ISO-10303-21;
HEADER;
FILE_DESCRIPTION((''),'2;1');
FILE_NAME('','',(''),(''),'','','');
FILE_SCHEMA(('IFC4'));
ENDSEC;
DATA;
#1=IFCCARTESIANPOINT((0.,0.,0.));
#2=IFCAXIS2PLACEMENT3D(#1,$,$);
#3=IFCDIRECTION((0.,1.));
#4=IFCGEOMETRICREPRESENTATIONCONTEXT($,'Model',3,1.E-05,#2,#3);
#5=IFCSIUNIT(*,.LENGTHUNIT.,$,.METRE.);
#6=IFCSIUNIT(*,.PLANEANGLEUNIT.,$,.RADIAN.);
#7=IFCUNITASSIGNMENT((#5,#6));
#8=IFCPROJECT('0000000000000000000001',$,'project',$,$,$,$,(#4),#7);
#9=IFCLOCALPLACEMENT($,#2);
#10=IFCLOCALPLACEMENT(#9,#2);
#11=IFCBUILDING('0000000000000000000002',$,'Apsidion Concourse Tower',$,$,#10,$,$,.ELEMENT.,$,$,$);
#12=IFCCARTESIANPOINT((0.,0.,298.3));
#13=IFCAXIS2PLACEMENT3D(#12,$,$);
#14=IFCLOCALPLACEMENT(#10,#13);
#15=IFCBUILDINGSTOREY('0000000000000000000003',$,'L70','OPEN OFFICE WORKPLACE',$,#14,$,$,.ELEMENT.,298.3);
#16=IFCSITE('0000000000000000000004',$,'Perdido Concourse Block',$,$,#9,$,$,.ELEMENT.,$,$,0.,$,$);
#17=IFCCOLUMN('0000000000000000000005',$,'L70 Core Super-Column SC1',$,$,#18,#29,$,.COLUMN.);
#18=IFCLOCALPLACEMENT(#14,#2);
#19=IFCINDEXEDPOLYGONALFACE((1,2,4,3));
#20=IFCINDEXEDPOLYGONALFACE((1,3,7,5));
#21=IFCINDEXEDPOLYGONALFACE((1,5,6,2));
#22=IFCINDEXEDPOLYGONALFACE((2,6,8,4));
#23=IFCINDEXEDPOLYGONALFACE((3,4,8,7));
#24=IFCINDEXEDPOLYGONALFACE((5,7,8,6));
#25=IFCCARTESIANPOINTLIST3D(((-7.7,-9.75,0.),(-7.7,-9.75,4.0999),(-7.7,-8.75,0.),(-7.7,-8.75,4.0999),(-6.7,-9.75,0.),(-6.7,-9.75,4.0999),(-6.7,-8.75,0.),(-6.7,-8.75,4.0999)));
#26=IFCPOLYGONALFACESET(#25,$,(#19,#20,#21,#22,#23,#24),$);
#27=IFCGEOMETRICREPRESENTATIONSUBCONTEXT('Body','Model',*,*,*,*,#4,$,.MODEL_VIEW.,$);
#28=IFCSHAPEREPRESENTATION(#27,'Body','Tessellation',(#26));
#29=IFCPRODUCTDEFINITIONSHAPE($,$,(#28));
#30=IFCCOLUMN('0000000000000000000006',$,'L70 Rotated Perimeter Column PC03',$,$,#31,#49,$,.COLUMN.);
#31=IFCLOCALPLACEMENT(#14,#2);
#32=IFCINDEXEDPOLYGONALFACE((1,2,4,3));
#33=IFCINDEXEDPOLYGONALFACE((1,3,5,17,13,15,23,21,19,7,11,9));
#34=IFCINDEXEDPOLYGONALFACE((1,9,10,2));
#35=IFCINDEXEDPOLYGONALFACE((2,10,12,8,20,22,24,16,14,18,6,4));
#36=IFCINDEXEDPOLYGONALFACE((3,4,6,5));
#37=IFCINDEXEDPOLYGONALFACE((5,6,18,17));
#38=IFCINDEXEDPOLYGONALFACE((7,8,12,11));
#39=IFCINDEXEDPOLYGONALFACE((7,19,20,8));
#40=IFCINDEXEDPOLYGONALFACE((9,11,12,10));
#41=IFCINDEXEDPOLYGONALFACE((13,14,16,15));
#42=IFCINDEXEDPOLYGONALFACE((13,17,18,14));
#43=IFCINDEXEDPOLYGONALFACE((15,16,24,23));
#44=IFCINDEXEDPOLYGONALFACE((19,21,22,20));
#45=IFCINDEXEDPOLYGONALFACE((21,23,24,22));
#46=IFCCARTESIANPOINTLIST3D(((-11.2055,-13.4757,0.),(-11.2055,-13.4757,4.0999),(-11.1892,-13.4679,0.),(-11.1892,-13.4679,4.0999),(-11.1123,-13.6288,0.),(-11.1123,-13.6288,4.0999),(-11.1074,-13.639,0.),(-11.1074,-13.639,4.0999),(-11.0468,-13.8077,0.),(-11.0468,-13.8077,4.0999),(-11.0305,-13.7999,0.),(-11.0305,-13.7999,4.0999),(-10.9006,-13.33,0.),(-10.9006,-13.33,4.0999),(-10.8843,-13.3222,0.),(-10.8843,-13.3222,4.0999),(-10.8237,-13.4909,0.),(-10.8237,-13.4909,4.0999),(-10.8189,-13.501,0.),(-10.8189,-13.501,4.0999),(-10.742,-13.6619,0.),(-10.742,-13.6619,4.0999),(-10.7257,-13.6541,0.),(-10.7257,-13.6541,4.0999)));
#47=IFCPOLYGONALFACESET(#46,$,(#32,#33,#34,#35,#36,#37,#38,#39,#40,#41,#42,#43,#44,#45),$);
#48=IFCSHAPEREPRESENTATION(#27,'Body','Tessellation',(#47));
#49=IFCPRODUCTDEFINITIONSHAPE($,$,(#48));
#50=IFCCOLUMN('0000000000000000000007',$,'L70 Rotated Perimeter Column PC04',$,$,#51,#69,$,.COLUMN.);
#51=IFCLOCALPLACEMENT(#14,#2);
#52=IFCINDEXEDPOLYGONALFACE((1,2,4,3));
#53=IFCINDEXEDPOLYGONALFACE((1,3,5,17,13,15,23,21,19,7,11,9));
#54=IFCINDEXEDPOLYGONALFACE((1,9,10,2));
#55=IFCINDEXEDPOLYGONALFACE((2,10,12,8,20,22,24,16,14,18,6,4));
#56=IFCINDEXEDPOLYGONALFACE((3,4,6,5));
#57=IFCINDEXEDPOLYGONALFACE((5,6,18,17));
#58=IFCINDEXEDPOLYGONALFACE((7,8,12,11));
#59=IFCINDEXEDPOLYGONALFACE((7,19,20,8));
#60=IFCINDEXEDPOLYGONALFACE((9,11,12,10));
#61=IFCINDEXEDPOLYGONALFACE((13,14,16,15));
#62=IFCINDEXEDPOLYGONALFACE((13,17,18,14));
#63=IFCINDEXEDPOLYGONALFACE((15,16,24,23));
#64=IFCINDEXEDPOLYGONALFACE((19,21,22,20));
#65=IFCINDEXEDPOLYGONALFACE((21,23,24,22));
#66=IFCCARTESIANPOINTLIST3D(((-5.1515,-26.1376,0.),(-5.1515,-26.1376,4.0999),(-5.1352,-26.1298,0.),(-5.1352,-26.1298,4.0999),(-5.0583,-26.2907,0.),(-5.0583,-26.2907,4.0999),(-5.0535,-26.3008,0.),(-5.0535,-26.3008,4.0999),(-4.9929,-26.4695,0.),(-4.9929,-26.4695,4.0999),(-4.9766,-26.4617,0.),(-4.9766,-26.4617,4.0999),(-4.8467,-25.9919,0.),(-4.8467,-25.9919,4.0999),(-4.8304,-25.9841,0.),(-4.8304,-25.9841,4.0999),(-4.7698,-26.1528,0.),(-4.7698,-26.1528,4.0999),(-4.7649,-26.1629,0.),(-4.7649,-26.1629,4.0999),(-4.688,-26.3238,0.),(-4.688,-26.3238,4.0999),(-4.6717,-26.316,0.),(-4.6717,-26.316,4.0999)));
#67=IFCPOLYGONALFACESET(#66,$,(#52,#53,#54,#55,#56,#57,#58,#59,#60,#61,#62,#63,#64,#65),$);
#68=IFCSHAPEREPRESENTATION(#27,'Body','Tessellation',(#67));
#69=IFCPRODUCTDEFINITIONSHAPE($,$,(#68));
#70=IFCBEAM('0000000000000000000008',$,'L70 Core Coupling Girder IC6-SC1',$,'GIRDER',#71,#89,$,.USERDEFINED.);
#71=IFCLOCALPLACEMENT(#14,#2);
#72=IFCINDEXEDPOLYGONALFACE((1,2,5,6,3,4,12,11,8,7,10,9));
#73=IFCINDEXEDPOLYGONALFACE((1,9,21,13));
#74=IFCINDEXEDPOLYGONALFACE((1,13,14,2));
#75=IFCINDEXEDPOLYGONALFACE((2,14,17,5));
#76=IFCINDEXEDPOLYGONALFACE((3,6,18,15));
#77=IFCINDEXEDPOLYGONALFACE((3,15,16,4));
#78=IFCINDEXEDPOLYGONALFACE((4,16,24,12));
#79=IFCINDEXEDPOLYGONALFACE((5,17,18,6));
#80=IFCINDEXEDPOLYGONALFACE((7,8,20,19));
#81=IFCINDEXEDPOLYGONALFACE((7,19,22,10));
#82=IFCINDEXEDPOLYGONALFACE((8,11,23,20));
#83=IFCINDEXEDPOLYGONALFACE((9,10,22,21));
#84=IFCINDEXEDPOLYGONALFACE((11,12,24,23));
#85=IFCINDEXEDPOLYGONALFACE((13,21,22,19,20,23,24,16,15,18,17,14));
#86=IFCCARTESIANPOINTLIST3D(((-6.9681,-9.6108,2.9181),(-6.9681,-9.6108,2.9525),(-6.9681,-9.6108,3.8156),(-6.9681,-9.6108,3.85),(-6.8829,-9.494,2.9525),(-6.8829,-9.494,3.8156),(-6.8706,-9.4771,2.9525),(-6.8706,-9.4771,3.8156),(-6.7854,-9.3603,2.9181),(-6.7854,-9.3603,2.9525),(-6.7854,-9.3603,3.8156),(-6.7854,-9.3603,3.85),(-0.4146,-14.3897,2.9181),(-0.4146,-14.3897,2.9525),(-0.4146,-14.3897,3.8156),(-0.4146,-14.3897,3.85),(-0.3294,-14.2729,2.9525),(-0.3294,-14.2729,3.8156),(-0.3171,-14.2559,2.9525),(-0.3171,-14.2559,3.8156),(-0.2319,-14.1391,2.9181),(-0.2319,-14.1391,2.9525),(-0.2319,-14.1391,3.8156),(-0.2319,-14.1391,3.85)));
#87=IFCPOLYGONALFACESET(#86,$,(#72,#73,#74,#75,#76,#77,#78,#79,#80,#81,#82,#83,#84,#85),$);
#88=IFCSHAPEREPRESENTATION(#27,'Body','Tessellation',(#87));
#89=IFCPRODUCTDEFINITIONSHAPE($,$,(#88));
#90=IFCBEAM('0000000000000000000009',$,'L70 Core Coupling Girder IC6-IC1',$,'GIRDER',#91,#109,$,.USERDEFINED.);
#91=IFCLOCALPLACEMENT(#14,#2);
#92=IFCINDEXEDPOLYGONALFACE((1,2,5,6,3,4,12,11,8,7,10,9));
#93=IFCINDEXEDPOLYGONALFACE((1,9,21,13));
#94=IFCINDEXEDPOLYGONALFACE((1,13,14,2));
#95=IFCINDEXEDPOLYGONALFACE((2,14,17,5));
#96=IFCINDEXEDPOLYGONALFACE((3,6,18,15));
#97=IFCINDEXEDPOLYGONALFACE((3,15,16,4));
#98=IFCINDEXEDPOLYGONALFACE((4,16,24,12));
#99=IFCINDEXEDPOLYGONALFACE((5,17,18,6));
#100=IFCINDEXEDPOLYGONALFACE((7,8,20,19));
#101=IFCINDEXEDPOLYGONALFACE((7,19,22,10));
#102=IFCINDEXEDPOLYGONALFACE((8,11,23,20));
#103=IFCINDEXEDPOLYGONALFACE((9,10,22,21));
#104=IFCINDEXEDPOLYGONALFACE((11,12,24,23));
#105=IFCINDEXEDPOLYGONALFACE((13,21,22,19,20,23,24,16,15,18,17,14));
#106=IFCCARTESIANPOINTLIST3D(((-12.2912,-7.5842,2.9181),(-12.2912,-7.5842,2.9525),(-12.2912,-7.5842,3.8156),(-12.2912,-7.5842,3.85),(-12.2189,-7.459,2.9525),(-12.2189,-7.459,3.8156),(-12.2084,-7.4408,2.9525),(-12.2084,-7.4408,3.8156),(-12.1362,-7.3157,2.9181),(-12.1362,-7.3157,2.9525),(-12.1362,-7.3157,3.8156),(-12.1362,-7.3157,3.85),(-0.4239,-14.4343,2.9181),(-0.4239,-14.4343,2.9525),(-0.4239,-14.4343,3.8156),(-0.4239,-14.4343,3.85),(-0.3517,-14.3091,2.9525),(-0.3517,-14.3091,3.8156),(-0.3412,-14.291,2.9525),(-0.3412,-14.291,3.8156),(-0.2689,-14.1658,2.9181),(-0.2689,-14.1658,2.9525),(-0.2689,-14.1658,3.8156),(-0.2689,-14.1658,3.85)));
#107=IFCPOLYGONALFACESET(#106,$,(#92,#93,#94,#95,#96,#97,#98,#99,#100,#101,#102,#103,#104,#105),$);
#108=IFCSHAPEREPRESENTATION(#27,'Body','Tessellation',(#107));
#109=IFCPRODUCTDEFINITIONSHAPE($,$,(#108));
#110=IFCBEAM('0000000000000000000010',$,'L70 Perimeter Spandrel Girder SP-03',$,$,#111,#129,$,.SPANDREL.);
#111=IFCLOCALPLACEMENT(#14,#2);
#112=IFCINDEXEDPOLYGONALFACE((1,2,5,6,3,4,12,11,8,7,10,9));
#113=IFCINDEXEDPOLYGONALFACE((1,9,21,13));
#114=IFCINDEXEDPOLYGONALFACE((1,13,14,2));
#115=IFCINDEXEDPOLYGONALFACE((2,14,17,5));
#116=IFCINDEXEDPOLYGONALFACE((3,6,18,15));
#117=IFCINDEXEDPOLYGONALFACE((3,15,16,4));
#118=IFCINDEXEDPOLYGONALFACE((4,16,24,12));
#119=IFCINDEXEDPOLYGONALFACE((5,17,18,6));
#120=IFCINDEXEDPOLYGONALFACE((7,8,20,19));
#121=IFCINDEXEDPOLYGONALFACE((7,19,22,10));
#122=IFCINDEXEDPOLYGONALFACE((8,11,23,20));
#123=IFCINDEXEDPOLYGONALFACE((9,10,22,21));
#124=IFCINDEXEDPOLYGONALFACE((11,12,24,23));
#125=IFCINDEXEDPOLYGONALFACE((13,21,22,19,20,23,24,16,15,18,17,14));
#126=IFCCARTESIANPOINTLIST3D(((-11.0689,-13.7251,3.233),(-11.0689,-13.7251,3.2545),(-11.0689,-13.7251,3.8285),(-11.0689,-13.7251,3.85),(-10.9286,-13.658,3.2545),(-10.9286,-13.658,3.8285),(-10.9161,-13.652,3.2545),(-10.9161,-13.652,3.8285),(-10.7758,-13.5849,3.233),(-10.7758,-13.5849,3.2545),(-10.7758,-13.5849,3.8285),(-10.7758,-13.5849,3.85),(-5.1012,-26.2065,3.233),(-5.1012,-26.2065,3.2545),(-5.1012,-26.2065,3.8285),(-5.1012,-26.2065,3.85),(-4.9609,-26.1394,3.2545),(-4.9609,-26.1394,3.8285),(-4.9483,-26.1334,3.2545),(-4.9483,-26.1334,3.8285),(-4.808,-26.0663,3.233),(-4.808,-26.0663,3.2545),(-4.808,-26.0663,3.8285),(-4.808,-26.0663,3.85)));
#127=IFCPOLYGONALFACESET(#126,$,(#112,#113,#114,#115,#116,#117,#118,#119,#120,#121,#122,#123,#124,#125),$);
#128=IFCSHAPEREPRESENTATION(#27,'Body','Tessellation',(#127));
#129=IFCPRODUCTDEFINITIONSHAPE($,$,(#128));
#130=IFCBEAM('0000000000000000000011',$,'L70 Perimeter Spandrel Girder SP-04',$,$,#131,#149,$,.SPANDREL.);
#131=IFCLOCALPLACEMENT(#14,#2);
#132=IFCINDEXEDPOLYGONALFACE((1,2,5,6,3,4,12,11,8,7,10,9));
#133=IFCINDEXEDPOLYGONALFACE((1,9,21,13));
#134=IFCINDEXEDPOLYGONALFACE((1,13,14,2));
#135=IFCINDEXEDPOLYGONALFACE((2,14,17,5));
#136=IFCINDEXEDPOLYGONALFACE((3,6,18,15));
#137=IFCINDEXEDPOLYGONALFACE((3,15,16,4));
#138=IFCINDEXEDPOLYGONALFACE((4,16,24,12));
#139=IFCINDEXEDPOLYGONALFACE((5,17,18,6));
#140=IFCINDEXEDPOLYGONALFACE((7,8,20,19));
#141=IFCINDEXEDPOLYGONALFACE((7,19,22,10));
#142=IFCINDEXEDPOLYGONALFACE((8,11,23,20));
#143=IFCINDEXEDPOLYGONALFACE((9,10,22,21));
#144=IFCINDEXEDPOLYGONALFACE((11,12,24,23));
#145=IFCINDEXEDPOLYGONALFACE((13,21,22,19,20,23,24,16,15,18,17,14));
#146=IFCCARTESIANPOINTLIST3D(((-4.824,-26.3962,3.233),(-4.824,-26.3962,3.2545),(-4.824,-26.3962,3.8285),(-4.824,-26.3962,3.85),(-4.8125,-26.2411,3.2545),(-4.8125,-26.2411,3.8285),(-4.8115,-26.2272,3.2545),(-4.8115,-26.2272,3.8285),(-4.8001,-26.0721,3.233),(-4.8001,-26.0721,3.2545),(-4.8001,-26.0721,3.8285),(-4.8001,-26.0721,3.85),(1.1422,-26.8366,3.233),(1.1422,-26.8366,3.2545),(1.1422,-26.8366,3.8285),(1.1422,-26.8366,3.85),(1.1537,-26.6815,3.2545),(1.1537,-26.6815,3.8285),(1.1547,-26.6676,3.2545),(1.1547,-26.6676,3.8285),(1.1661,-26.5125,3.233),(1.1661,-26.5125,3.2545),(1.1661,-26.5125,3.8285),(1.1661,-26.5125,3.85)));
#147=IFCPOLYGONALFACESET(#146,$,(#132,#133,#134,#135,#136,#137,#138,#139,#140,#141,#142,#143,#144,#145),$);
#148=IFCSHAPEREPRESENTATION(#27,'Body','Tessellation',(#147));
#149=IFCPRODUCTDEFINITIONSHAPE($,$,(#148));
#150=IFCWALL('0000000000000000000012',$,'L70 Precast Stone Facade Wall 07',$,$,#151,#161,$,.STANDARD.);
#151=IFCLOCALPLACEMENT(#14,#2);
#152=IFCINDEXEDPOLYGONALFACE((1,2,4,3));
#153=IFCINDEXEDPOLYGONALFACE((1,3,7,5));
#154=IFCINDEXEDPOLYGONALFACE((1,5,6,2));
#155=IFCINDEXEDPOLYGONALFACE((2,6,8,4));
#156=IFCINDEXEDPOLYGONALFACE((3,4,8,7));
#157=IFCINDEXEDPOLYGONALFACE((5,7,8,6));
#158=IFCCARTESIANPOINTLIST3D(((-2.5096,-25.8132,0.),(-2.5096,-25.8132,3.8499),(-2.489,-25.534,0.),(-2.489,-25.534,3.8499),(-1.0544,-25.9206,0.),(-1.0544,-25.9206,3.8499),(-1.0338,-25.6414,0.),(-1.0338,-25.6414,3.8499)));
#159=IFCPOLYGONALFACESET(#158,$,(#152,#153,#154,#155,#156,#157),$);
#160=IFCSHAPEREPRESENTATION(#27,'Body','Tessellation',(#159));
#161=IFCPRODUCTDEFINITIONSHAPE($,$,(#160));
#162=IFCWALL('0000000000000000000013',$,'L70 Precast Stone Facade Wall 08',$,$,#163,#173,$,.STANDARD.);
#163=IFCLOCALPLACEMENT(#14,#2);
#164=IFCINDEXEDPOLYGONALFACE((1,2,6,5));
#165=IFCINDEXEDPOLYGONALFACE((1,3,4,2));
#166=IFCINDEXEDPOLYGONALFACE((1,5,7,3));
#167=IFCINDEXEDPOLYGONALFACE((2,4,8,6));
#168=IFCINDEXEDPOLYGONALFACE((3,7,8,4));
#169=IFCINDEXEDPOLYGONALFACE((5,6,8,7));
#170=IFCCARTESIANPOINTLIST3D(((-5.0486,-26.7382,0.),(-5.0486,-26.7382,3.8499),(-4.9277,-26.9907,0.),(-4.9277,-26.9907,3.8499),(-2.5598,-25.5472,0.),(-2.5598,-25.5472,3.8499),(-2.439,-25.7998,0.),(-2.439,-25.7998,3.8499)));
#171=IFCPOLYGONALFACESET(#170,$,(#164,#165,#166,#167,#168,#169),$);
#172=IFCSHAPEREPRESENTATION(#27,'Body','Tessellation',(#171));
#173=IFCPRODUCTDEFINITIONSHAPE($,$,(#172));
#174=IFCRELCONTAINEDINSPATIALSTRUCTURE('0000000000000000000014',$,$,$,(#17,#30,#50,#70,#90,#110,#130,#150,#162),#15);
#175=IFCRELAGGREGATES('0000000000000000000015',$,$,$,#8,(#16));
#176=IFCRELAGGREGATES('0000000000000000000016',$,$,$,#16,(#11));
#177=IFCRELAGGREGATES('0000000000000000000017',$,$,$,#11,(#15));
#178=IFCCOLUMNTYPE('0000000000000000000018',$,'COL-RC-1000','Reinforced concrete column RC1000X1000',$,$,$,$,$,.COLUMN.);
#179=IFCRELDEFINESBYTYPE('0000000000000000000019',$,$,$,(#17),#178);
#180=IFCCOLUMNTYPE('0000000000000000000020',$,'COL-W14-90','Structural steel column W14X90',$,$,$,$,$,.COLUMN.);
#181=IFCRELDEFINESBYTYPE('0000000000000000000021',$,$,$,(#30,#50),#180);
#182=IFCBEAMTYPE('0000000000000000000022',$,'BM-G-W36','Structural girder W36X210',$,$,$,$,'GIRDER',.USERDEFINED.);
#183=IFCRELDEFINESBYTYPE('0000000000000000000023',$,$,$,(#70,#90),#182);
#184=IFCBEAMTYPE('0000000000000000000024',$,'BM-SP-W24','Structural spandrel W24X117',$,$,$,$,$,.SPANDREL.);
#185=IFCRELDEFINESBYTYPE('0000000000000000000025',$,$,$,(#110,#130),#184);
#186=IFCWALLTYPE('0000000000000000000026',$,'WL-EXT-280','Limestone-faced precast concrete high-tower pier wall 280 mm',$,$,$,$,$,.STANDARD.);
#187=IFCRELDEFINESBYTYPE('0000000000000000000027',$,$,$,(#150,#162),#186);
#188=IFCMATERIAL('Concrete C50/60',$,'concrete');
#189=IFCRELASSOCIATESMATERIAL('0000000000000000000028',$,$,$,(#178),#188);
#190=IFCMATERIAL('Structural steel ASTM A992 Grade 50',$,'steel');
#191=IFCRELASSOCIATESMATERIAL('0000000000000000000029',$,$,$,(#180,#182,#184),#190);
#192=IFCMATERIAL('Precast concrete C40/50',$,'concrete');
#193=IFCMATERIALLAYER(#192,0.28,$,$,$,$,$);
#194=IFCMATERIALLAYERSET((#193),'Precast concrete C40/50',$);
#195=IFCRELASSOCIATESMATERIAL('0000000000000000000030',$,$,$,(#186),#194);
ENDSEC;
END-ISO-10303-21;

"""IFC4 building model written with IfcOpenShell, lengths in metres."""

from ifc_helpers import new_model, si_unit, direction, frame, frame_2d, origin, origin_2d, place, context, subcontext, project, spatial, rectangle, i_section, extrude, material, layer, layer_set, material_profile, profile_set, type_object, element, save


model = new_model("IFC4")

# Units and contexts
model_context = context("Model", 3, precision=1e-05, world=origin(), true_north=direction((0.0, 1.0)))
body_context = subcontext(model_context, "Body", "Model", "MODEL_VIEW")
ifc_project = project(units=[si_unit("LENGTHUNIT", "METRE"), si_unit("PLANEANGLEUNIT", "RADIAN")], contexts=[model_context])

# Site, building, storey
site_placement = place(None, origin())
site = spatial("IfcSite", under=ifc_project, at=site_placement, Name="Perdido Concourse Block", CompositionType="ELEMENT", RefElevation=0.0)
building_placement = place(site_placement, origin())
building = spatial("IfcBuilding", under=site, at=building_placement, Name="Apsidion Concourse Tower", CompositionType="ELEMENT")
storey_placement = place(building_placement, frame((0.0, 0.0, 298.3)))
storey = spatial("IfcBuildingStorey", under=building, at=storey_placement, Name="L70", Description="OPEN OFFICE WORKPLACE", CompositionType="ELEMENT", Elevation=298.3)

# Columns
ifc_material_1 = material(Name="Concrete C50/60", Category="concrete")
ifc_material_profile_1 = material_profile(ifc_material_1, rectangle(XDim=1.0, YDim=1.0, at=origin_2d()), Name="RC 1000x1000")
ifc_profile_set_1 = profile_set([ifc_material_profile_1], Name="Concrete C50/60")
column_type_1 = type_object("IfcColumnType", Name="COL-RC-1000", Description="Reinforced concrete column RC1000X1000", PredefinedType="COLUMN", material=ifc_profile_set_1)
column_placement = place(storey_placement, frame((-7.2, -9.25, 0.0), z_axis=(0.0, 0.0, 1.0), x_axis=(1.0, 0.0, 0.0)))
element("IfcColumn", 1, at=column_placement, inside=storey, type_object=column_type_1, Name="L70 Core Super-Column SC1", PredefinedType="COLUMN", context=body_context, shape_type="SweptSolid", body=[
    extrude(rectangle(XDim=1.0, YDim=1.0, at=origin_2d()), origin(), (0.0, 0.0, 1.0), 4.0999),
])
ifc_material_2 = material(Name="Structural steel ASTM A992 Grade 50", Category="steel")
ifc_material_profile_2 = material_profile(ifc_material_2, i_section(OverallWidth=0.3679, OverallDepth=0.356, WebThickness=0.0112, FlangeThickness=0.0181, at=origin_2d()), Name="W14X90")
ifc_profile_set_2 = profile_set([ifc_material_profile_2], Name="Structural steel ASTM A992 Grade 50")
column_type_2 = type_object("IfcColumnType", Name="COL-W14-90", Description="Structural steel column W14X90", PredefinedType="COLUMN", material=ifc_profile_set_2)
for number, where, z_axis, x_axis, name in (
    (2, (-10.9656, -13.5649, 0.0), (0.0, 0.0, 1.0), (-0.431299, 0.902209, 0.0), "L70 Rotated Perimeter Column PC03"),
    (3, (-4.9116, -26.2268, 0.0), (0.0, 0.0, 1.0), (-0.431299, 0.902209, 0.0), "L70 Rotated Perimeter Column PC04"),
):
    element("IfcColumn", number, at=place(storey_placement, frame(where, z_axis=z_axis, x_axis=x_axis)), inside=storey, type_object=column_type_2, Name=name, PredefinedType="COLUMN", context=body_context, shape_type="SweptSolid", body=[
        extrude(i_section(OverallWidth=0.3679, OverallDepth=0.356, WebThickness=0.0112, FlangeThickness=0.0181, at=origin_2d()), origin(), (0.0, 0.0, 1.0), 4.0999),
    ])

# Beams
ifc_material_profile_3 = material_profile(ifc_material_2, i_section(OverallWidth=0.3101, OverallDepth=0.9319, WebThickness=0.021, FlangeThickness=0.0344, at=origin_2d()), Name="W36X210")
ifc_profile_set_3 = profile_set([ifc_material_profile_3], Name="Structural steel ASTM A992 Grade 50")
beam_type_1 = type_object("IfcBeamType", Name="BM-G-W36", Description="Structural girder W36X210", ElementType="GIRDER", PredefinedType="USERDEFINED", material=ifc_profile_set_3)
beam_1_placement = place(storey_placement, frame((-0.3232, -14.2644, 3.384), z_axis=(-0.807993, 0.589191, 0.0), x_axis=(-0.589191, -0.807993, 0.0)))
element("IfcBeam", 4, at=beam_1_placement, inside=storey, type_object=beam_type_1, Name="L70 Core Coupling Girder IC6-SC1", ObjectType="GIRDER", PredefinedType="USERDEFINED", context=body_context, shape_type="SweptSolid", body=[
    extrude(i_section(OverallWidth=0.3101, OverallDepth=0.9319, WebThickness=0.021, FlangeThickness=0.0344, at=origin_2d()), origin(), (0.0, 0.0, 1.0), 8.1108),
])
beam_2_placement = place(storey_placement, frame((-0.3464, -14.3, 3.384), z_axis=(-0.86607, 0.499922, 0.0), x_axis=(-0.499922, -0.86607, 0.0)))
element("IfcBeam", 5, at=beam_2_placement, inside=storey, type_object=beam_type_1, Name="L70 Core Coupling Girder IC6-IC1", ObjectType="GIRDER", PredefinedType="USERDEFINED", context=body_context, shape_type="SweptSolid", body=[
    extrude(i_section(OverallWidth=0.3101, OverallDepth=0.9319, WebThickness=0.021, FlangeThickness=0.0344, at=origin_2d()), origin(), (0.0, 0.0, 1.0), 13.7024),
])
ifc_material_profile_4 = material_profile(ifc_material_2, i_section(OverallWidth=0.325, OverallDepth=0.6169, WebThickness=0.0139, FlangeThickness=0.0215, at=origin_2d()), Name="W24X117")
ifc_profile_set_4 = profile_set([ifc_material_profile_4], Name="Structural steel ASTM A992 Grade 50")
beam_type_2 = type_object("IfcBeamType", Name="BM-SP-W24", Description="Structural spandrel W24X117", PredefinedType="SPANDREL", material=ifc_profile_set_4)
beam_3_placement = place(storey_placement, frame((-10.9224, -13.655, 3.5415), z_axis=(0.431361, -0.90218, 0.0), x_axis=(0.90218, 0.431361, 0.0)))
element("IfcBeam", 6, at=beam_3_placement, inside=storey, type_object=beam_type_2, Name="L70 Perimeter Spandrel Girder SP-03", PredefinedType="SPANDREL", context=body_context, shape_type="SweptSolid", body=[
    extrude(i_section(OverallWidth=0.325, OverallDepth=0.6169, WebThickness=0.0139, FlangeThickness=0.0215, at=origin_2d()), origin(), (0.0, 0.0, 1.0), 13.8347),
])
beam_4_placement = place(storey_placement, frame((-4.812, -26.2341, 3.5415), z_axis=(0.997286, -0.073619, 0.0), x_axis=(0.073619, 0.997286, 0.0)))
element("IfcBeam", 7, at=beam_4_placement, inside=storey, type_object=beam_type_2, Name="L70 Perimeter Spandrel Girder SP-04", PredefinedType="SPANDREL", context=body_context, shape_type="SweptSolid", body=[
    extrude(i_section(OverallWidth=0.325, OverallDepth=0.6169, WebThickness=0.0139, FlangeThickness=0.0215, at=origin_2d()), origin(), (0.0, 0.0, 1.0), 5.9824),
])

# Walls
ifc_material_3 = material(Name="Precast concrete C40/50", Category="concrete")
ifc_layer_1 = layer(ifc_material_3, 0.28)
ifc_layer_set_1 = layer_set([ifc_layer_1], Name="Precast concrete C40/50")
wall_type_1 = type_object("IfcWallType", Name="WL-EXT-280", Description="Limestone-faced precast concrete high-tower pier wall 280 mm", PredefinedType="STANDARD", material=ifc_layer_set_1)
wall_1_placement = place(storey_placement, frame((-1.0442, -25.781, 0.0), z_axis=(0.0, 0.0, 1.0), x_axis=(-0.997287, 0.073613, 0.0)))
element("IfcWall", 8, at=wall_1_placement, inside=storey, type_object=wall_type_1, Name="L70 Precast Stone Facade Wall 07", PredefinedType="STANDARD", context=body_context, shape_type="SweptSolid", body=[
    extrude(rectangle(XDim=1.4592, YDim=0.28, at=frame_2d((0.7295, 0.0))), origin(), (0.0, 0.0, 1.0), 3.8499),
])
wall_2_placement = place(storey_placement, frame((-2.4995, -25.6736, 0.0), z_axis=(0.0, 0.0, 1.0), x_axis=(-0.902044, -0.431643, 0.0)))
element("IfcWall", 9, at=wall_2_placement, inside=storey, type_object=wall_type_1, Name="L70 Precast Stone Facade Wall 08", PredefinedType="STANDARD", context=body_context, shape_type="SweptSolid", body=[
    extrude(rectangle(XDim=2.759, YDim=0.28, at=frame_2d((1.3794, 0.0))), origin(), (0.0, 0.0, 1.0), 3.8499),
])

save(model, "model.ifc")
